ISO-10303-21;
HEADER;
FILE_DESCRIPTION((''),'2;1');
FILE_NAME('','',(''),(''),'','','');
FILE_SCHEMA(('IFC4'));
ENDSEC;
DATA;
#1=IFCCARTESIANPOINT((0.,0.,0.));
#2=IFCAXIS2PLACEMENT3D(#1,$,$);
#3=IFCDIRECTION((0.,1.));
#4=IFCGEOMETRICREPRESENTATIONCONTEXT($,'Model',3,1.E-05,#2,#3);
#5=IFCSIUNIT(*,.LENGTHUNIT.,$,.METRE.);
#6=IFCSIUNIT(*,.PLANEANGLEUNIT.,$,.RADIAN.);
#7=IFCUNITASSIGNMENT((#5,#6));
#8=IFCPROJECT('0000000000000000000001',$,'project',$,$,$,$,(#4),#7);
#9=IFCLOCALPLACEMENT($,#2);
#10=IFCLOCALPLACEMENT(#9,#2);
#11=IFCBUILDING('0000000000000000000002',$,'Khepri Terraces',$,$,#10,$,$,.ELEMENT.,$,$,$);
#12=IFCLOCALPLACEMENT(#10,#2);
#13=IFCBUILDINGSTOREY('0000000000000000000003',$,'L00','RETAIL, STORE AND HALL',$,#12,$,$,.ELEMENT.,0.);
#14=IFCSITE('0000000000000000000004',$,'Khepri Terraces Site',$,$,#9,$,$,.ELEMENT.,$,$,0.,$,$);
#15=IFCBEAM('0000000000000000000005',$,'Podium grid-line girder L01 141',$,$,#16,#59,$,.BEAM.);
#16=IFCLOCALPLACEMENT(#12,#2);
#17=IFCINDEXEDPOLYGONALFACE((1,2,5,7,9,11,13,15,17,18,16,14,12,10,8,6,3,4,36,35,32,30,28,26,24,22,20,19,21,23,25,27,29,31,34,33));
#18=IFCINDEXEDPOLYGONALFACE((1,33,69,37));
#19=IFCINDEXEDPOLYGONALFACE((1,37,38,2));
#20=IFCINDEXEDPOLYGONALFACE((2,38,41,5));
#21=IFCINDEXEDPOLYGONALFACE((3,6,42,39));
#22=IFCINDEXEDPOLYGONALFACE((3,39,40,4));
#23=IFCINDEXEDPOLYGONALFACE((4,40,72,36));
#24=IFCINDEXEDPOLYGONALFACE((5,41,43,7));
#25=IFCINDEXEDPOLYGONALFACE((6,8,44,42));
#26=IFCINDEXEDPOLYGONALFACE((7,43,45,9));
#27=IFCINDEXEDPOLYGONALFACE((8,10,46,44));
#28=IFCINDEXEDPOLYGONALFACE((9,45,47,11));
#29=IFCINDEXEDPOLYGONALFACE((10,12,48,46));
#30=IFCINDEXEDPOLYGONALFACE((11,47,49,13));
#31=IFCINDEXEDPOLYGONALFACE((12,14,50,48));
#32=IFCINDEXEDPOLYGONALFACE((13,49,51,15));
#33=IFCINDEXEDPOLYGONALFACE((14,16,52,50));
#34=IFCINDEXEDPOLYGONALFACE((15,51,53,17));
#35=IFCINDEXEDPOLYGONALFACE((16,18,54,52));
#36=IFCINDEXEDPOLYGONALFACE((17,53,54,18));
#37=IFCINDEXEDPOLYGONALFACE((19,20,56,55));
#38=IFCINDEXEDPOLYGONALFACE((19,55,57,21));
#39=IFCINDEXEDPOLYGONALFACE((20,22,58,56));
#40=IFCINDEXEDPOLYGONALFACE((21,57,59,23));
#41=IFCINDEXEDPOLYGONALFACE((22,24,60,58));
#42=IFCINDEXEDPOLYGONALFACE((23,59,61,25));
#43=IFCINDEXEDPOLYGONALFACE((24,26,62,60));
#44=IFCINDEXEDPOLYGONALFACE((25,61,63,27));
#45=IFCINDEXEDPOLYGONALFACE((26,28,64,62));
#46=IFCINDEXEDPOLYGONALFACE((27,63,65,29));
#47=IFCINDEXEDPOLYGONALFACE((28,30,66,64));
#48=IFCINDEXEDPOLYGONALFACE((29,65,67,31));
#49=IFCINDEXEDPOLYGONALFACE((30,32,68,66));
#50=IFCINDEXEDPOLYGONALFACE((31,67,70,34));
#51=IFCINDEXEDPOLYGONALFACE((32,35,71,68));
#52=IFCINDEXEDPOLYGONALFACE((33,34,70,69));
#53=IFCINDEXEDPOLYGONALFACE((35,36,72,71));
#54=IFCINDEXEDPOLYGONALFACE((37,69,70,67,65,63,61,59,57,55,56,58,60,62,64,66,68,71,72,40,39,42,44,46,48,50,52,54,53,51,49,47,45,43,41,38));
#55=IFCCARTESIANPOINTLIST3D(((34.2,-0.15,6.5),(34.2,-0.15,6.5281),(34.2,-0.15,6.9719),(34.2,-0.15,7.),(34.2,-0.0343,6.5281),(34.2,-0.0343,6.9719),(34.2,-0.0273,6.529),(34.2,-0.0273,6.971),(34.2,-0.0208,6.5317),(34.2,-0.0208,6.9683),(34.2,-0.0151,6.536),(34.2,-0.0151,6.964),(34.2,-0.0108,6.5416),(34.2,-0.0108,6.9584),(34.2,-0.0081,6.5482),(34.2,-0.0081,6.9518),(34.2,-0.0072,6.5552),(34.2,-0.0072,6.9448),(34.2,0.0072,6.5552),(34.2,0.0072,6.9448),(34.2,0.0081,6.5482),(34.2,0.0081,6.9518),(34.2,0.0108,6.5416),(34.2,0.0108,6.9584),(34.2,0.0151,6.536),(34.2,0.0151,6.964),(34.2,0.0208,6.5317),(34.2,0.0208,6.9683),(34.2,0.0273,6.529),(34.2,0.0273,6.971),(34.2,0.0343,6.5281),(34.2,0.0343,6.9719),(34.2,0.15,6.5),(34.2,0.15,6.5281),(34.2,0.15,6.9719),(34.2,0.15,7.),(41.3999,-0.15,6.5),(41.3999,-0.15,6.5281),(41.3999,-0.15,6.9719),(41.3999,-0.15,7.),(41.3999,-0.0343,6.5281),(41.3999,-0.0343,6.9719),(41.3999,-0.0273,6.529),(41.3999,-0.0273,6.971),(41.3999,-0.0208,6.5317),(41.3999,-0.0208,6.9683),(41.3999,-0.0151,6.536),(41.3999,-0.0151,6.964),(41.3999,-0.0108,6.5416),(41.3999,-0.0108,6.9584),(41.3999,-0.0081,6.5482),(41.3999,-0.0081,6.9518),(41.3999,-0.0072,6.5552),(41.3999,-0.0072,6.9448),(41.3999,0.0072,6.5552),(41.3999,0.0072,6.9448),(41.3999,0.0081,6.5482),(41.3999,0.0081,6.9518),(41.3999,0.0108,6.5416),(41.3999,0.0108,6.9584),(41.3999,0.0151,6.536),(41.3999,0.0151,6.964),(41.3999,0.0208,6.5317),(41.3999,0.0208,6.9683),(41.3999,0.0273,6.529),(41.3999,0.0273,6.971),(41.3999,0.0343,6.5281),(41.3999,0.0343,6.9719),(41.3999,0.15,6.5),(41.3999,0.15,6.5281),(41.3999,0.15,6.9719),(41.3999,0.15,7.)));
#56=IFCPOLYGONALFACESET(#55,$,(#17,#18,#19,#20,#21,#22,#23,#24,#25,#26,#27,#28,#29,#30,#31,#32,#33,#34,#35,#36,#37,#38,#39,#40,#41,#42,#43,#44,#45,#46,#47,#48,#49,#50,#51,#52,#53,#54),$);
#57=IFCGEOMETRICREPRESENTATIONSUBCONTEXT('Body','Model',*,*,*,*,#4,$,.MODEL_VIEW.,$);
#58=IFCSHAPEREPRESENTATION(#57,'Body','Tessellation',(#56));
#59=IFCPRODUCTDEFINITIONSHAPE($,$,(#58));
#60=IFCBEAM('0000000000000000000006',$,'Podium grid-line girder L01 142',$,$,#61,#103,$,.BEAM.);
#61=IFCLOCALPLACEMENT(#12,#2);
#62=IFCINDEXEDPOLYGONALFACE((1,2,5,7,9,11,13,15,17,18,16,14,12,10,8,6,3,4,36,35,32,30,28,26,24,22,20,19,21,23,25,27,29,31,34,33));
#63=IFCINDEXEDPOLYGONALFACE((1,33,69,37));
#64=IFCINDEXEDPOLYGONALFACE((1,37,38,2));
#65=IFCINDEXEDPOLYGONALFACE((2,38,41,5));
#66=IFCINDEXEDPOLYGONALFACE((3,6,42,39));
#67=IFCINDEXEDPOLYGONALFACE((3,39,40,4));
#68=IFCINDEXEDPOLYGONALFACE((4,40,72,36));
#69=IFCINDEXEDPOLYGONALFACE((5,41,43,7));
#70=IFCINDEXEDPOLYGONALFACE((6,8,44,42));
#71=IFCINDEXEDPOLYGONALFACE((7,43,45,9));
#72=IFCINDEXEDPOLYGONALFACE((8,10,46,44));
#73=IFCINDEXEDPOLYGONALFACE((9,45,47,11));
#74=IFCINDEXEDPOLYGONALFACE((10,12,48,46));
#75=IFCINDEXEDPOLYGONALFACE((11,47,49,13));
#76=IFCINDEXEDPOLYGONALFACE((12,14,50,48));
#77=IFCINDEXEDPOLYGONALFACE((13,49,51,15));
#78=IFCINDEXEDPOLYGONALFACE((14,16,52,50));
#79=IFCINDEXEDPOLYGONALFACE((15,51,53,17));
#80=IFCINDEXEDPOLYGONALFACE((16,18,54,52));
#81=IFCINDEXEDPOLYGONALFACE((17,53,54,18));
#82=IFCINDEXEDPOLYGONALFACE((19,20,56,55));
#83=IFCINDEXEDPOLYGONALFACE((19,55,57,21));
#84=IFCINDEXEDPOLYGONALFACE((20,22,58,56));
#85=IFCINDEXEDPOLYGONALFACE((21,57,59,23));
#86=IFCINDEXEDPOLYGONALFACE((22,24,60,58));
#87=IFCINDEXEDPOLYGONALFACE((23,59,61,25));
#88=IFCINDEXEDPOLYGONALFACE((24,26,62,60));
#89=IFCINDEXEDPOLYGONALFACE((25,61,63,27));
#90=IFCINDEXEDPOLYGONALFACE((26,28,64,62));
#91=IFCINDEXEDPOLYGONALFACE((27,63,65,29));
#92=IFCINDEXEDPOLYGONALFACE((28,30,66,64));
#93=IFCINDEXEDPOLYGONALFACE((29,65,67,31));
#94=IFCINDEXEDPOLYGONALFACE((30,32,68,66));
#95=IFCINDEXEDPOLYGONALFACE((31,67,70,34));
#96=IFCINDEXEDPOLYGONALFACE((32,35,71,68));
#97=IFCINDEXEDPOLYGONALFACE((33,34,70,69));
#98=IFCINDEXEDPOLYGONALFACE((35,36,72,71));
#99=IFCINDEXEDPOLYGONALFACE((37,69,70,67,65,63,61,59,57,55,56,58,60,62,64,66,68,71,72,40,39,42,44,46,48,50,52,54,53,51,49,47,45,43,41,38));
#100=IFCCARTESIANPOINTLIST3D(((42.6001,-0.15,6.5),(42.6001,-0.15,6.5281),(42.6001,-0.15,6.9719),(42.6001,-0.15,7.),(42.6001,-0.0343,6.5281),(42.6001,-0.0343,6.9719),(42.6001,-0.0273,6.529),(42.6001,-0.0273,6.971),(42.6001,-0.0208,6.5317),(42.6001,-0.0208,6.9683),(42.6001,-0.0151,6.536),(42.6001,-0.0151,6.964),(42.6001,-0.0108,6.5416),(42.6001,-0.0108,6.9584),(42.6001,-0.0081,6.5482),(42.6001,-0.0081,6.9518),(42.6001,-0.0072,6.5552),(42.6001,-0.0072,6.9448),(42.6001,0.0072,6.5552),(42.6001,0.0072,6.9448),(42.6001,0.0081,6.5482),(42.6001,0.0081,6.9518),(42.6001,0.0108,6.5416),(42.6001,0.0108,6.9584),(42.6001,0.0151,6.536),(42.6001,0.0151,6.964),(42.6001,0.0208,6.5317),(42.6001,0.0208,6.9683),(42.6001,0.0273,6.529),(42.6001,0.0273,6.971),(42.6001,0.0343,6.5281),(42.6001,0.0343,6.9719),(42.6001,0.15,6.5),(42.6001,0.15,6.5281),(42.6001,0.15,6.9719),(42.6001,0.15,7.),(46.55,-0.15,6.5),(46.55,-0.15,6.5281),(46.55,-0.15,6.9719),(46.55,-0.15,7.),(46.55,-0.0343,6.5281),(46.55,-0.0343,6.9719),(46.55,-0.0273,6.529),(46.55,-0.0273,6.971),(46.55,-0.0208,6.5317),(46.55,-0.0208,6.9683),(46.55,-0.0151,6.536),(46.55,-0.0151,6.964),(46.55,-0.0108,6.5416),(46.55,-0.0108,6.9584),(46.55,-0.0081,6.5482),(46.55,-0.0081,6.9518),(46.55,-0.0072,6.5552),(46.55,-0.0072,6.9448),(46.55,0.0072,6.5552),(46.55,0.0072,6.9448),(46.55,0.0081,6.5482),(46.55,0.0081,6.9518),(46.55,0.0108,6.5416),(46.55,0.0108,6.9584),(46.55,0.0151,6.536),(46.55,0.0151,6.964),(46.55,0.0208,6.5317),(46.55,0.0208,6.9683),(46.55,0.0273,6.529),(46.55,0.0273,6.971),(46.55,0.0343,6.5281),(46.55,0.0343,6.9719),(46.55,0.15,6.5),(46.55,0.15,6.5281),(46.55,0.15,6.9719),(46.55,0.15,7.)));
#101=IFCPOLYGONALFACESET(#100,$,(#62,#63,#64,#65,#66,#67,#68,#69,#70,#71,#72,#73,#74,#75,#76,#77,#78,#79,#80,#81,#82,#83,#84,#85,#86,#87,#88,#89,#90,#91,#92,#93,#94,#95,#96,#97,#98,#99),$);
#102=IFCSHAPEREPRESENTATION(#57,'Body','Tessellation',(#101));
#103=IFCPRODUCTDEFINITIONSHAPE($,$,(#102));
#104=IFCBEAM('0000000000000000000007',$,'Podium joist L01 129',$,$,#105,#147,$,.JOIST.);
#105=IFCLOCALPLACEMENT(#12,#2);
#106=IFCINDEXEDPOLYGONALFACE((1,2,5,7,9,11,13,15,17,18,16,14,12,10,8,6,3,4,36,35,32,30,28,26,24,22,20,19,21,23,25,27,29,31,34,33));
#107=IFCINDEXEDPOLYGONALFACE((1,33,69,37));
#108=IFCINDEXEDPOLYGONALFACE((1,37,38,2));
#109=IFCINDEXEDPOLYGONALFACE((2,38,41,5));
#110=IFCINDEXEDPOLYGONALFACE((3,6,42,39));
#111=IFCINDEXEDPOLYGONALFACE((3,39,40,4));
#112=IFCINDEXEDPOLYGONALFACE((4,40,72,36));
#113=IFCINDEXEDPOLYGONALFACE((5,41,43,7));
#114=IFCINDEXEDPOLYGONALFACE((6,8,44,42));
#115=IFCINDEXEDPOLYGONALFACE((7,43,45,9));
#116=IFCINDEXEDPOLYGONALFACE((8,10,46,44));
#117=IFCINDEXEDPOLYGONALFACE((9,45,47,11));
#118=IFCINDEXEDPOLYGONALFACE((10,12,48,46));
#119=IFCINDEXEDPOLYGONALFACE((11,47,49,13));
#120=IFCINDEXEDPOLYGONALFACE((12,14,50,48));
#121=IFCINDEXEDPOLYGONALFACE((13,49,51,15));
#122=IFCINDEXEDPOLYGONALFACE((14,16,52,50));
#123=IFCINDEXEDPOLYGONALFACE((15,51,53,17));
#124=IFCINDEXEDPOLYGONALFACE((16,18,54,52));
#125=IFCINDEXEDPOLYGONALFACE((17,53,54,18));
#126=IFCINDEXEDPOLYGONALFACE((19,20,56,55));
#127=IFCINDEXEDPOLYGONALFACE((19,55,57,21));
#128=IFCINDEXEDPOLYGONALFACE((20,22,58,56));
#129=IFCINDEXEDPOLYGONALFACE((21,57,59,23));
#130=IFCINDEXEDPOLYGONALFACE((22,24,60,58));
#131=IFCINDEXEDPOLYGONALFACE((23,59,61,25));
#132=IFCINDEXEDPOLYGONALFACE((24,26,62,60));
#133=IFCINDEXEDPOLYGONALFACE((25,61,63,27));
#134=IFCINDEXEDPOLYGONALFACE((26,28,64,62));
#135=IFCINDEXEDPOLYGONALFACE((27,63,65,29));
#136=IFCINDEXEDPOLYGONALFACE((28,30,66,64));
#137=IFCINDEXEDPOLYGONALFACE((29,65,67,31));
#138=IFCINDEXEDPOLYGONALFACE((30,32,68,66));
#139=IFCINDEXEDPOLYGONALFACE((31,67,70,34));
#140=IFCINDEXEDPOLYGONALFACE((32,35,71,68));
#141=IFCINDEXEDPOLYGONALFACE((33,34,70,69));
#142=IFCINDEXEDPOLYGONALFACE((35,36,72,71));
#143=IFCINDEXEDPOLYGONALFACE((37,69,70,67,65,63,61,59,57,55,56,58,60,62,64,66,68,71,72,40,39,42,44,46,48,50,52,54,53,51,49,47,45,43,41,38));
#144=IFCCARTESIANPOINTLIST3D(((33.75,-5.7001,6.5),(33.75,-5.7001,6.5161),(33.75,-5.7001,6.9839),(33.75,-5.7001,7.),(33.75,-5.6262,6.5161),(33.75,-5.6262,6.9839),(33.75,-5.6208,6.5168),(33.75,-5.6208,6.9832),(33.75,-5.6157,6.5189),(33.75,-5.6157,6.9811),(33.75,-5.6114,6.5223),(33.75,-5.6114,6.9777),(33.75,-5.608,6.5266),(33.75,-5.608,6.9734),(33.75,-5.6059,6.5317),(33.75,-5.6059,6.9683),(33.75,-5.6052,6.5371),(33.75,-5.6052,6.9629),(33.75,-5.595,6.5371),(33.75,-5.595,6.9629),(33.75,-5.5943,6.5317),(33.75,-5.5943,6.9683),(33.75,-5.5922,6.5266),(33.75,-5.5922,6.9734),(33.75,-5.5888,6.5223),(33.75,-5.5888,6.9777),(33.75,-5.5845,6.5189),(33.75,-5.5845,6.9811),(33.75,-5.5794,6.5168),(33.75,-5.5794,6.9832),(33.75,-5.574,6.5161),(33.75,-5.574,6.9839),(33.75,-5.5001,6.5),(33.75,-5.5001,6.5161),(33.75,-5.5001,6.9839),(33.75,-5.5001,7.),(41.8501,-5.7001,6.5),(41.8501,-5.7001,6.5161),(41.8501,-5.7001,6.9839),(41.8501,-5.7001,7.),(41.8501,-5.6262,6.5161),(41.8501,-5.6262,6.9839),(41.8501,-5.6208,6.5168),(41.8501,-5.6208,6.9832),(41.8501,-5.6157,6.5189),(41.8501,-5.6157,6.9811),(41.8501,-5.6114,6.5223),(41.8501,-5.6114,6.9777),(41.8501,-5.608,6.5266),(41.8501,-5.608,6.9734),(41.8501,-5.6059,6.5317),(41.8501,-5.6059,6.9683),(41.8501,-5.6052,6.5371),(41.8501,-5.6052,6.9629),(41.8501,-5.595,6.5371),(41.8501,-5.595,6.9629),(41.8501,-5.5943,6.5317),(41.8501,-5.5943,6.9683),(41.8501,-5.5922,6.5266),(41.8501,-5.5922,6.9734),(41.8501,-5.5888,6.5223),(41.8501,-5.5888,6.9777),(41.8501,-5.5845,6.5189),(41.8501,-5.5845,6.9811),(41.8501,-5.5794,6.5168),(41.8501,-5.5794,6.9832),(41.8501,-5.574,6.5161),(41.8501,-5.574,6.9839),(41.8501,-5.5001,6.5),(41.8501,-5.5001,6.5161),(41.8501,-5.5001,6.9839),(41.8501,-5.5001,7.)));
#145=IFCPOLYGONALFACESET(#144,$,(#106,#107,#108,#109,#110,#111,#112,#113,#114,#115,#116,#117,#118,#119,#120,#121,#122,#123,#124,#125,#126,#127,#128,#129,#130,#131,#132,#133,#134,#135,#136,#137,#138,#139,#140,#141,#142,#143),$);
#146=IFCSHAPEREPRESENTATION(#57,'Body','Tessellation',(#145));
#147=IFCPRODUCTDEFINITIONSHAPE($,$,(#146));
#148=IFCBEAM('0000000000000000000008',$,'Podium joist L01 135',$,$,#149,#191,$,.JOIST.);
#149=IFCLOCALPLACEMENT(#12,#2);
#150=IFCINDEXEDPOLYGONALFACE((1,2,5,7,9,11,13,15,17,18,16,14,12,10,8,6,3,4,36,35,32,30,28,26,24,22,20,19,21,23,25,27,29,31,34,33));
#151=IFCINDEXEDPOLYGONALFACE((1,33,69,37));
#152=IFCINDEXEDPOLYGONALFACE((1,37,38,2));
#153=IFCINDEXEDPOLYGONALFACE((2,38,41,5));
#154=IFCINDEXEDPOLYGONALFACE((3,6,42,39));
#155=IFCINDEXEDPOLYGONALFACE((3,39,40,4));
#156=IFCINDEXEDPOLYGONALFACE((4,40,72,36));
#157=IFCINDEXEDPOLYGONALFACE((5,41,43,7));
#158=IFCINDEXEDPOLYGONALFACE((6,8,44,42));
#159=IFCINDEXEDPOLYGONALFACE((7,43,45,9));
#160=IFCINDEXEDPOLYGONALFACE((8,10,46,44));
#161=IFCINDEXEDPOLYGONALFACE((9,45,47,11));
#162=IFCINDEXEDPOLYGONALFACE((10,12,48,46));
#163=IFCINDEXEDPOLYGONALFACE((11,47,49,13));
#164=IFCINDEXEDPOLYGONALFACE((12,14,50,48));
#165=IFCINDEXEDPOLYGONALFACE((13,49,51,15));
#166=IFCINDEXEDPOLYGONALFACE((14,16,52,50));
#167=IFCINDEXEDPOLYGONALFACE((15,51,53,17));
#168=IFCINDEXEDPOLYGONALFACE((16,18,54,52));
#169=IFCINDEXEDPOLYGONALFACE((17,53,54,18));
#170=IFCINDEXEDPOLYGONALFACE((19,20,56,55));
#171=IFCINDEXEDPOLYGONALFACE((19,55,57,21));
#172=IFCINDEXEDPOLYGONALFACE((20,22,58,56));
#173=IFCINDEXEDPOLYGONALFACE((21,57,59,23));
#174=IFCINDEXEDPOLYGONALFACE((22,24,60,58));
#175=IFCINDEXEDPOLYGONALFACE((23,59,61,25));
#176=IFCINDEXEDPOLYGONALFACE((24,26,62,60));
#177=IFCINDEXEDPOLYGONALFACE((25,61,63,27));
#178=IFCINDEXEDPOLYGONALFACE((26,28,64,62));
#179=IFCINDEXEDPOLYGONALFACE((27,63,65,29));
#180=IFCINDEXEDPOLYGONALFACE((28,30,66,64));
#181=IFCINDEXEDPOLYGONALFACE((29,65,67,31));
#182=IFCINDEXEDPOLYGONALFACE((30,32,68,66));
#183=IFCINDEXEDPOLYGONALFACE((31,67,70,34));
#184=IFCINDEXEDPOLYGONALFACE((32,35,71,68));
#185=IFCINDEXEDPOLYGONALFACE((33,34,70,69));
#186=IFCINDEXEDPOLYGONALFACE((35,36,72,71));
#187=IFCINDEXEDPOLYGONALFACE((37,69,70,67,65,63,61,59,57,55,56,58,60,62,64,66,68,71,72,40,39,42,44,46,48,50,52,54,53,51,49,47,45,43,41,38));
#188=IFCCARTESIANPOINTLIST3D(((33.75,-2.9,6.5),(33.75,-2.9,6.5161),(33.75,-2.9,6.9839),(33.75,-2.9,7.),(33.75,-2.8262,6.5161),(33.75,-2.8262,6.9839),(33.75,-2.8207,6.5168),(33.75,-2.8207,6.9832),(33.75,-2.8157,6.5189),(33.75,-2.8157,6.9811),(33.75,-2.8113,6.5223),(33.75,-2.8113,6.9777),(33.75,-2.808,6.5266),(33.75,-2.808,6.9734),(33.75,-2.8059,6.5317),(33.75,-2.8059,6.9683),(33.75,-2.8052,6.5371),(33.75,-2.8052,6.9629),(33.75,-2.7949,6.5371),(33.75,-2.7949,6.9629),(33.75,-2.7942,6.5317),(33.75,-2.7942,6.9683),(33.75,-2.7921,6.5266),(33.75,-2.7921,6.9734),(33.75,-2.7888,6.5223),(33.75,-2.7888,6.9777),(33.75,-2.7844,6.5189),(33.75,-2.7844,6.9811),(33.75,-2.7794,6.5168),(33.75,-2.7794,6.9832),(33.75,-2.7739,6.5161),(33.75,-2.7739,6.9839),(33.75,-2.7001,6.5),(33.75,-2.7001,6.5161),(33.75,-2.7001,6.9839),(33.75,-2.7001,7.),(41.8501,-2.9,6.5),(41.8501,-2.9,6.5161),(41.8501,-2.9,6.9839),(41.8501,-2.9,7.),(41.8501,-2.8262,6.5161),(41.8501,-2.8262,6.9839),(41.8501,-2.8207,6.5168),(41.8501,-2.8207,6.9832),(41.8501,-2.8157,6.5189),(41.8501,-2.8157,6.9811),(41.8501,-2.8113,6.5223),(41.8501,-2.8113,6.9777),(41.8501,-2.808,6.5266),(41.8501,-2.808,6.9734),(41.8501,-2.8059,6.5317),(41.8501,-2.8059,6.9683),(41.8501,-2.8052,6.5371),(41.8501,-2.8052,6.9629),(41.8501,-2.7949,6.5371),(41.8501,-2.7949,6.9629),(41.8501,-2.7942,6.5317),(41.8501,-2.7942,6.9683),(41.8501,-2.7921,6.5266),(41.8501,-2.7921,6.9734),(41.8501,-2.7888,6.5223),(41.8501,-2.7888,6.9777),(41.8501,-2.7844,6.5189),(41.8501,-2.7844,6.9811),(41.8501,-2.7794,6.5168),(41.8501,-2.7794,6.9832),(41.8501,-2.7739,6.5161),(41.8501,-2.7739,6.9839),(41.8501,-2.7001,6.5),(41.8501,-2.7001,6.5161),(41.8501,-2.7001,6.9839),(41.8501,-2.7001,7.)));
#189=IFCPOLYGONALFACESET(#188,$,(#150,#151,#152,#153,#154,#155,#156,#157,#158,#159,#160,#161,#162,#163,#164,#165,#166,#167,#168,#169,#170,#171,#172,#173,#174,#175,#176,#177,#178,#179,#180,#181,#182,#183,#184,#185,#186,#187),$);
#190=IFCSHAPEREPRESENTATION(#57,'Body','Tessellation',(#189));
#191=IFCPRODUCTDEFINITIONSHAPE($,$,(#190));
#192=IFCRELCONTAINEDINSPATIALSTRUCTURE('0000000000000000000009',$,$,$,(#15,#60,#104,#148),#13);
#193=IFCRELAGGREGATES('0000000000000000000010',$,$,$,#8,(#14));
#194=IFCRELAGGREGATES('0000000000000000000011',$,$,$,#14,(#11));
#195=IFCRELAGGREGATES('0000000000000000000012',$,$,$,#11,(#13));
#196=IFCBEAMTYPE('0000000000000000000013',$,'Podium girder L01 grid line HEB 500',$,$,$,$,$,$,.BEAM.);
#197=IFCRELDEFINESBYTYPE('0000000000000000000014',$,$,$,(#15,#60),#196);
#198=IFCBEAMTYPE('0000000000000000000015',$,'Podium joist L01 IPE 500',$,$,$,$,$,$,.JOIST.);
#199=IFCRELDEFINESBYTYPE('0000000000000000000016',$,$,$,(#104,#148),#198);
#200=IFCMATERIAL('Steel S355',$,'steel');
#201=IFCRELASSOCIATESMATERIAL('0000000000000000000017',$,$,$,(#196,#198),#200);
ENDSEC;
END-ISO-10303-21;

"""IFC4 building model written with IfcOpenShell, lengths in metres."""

from ifc_helpers import new_model, si_unit, direction, frame, origin, origin_2d, place, context, subcontext, project, spatial, i_section, extrude, material, material_profile, profile_set, type_object, element, save


model = new_model("IFC4")

# Units and contexts
model_context = context("Model", 3, precision=1e-05, world=origin(), true_north=direction((0.0, 1.0)))
body_context = subcontext(model_context, "Body", "Model", "MODEL_VIEW")
ifc_project = project(units=[si_unit("LENGTHUNIT", "METRE"), si_unit("PLANEANGLEUNIT", "RADIAN")], contexts=[model_context])

# Site, building, storey
site_placement = place(None, origin())
site = spatial("IfcSite", under=ifc_project, at=site_placement, Name="Khepri Terraces Site", CompositionType="ELEMENT", RefElevation=0.0)
building_placement = place(site_placement, origin())
building = spatial("IfcBuilding", under=site, at=building_placement, Name="Khepri Terraces", CompositionType="ELEMENT")
storey_placement = place(building_placement, origin())
storey = spatial("IfcBuildingStorey", under=building, at=storey_placement, Name="L00", Description="RETAIL, STORE AND HALL", CompositionType="ELEMENT", Elevation=0.0)

# Beams
ifc_material_1 = material(Name="Steel S355", Category="steel")
ifc_material_profile_1 = material_profile(ifc_material_1, i_section(OverallWidth=0.3, OverallDepth=0.5, WebThickness=0.0144, FlangeThickness=0.0281, FilletRadius=0.0271, at=origin_2d()), Name="Steel S355", Category="steel")
ifc_profile_set_1 = profile_set([ifc_material_profile_1], Name="Steel S355")
beam_type_1 = type_object("IfcBeamType", Name="Podium girder L01 grid line HEB 500", PredefinedType="BEAM", material=ifc_profile_set_1)
beam_1_placement = place(storey_placement, frame((34.2, 0.0, 6.75), z_axis=(1.0, 0.0, 0.0), x_axis=(0.0, 1.0, 0.0)))
element("IfcBeam", 1, at=beam_1_placement, inside=storey, type_object=beam_type_1, Name="Podium grid-line girder L01 141", PredefinedType="BEAM", context=body_context, shape_type="SweptSolid", body=[
    extrude(i_section(OverallWidth=0.3, OverallDepth=0.5, WebThickness=0.0144, FlangeThickness=0.0281, FilletRadius=0.0271, at=origin_2d()), origin(), (0.0, 0.0, 1.0), 7.2),
])
beam_2_placement = place(storey_placement, frame((42.6001, 0.0, 6.75), z_axis=(1.0, 0.0, 0.0), x_axis=(0.0, 1.0, 0.0)))
element("IfcBeam", 2, at=beam_2_placement, inside=storey, type_object=beam_type_1, Name="Podium grid-line girder L01 142", PredefinedType="BEAM", context=body_context, shape_type="SweptSolid", body=[
    extrude(i_section(OverallWidth=0.3, OverallDepth=0.5, WebThickness=0.0144, FlangeThickness=0.0281, FilletRadius=0.0271, at=origin_2d()), origin(), (0.0, 0.0, 1.0), 3.95),
])
ifc_material_profile_2 = material_profile(ifc_material_1, i_section(OverallWidth=0.2, OverallDepth=0.5, WebThickness=0.0103, FlangeThickness=0.0161, FilletRadius=0.021, at=origin_2d()), Name="Steel S355", Category="steel")
ifc_profile_set_2 = profile_set([ifc_material_profile_2], Name="Steel S355")
beam_type_2 = type_object("IfcBeamType", Name="Podium joist L01 IPE 500", PredefinedType="JOIST", material=ifc_profile_set_2)
for number, where, z_axis, x_axis, name in (
    (3, (33.75, -5.6001, 6.75), (1.0, 0.0, 0.0), (0.0, 1.0, 0.0), "Podium joist L01 129"),
    (4, (33.75, -2.8, 6.75), (1.0, 0.0, 0.0), (0.0, 1.0, 0.0), "Podium joist L01 135"),
):
    element("IfcBeam", number, at=place(storey_placement, frame(where, z_axis=z_axis, x_axis=x_axis)), inside=storey, type_object=beam_type_2, Name=name, PredefinedType="JOIST", context=body_context, shape_type="SweptSolid", body=[
        extrude(i_section(OverallWidth=0.2, OverallDepth=0.5, WebThickness=0.0103, FlangeThickness=0.0161, FilletRadius=0.021, at=origin_2d()), origin(), (0.0, 0.0, 1.0), 8.1001),
    ])

save(model, "model.ifc")
